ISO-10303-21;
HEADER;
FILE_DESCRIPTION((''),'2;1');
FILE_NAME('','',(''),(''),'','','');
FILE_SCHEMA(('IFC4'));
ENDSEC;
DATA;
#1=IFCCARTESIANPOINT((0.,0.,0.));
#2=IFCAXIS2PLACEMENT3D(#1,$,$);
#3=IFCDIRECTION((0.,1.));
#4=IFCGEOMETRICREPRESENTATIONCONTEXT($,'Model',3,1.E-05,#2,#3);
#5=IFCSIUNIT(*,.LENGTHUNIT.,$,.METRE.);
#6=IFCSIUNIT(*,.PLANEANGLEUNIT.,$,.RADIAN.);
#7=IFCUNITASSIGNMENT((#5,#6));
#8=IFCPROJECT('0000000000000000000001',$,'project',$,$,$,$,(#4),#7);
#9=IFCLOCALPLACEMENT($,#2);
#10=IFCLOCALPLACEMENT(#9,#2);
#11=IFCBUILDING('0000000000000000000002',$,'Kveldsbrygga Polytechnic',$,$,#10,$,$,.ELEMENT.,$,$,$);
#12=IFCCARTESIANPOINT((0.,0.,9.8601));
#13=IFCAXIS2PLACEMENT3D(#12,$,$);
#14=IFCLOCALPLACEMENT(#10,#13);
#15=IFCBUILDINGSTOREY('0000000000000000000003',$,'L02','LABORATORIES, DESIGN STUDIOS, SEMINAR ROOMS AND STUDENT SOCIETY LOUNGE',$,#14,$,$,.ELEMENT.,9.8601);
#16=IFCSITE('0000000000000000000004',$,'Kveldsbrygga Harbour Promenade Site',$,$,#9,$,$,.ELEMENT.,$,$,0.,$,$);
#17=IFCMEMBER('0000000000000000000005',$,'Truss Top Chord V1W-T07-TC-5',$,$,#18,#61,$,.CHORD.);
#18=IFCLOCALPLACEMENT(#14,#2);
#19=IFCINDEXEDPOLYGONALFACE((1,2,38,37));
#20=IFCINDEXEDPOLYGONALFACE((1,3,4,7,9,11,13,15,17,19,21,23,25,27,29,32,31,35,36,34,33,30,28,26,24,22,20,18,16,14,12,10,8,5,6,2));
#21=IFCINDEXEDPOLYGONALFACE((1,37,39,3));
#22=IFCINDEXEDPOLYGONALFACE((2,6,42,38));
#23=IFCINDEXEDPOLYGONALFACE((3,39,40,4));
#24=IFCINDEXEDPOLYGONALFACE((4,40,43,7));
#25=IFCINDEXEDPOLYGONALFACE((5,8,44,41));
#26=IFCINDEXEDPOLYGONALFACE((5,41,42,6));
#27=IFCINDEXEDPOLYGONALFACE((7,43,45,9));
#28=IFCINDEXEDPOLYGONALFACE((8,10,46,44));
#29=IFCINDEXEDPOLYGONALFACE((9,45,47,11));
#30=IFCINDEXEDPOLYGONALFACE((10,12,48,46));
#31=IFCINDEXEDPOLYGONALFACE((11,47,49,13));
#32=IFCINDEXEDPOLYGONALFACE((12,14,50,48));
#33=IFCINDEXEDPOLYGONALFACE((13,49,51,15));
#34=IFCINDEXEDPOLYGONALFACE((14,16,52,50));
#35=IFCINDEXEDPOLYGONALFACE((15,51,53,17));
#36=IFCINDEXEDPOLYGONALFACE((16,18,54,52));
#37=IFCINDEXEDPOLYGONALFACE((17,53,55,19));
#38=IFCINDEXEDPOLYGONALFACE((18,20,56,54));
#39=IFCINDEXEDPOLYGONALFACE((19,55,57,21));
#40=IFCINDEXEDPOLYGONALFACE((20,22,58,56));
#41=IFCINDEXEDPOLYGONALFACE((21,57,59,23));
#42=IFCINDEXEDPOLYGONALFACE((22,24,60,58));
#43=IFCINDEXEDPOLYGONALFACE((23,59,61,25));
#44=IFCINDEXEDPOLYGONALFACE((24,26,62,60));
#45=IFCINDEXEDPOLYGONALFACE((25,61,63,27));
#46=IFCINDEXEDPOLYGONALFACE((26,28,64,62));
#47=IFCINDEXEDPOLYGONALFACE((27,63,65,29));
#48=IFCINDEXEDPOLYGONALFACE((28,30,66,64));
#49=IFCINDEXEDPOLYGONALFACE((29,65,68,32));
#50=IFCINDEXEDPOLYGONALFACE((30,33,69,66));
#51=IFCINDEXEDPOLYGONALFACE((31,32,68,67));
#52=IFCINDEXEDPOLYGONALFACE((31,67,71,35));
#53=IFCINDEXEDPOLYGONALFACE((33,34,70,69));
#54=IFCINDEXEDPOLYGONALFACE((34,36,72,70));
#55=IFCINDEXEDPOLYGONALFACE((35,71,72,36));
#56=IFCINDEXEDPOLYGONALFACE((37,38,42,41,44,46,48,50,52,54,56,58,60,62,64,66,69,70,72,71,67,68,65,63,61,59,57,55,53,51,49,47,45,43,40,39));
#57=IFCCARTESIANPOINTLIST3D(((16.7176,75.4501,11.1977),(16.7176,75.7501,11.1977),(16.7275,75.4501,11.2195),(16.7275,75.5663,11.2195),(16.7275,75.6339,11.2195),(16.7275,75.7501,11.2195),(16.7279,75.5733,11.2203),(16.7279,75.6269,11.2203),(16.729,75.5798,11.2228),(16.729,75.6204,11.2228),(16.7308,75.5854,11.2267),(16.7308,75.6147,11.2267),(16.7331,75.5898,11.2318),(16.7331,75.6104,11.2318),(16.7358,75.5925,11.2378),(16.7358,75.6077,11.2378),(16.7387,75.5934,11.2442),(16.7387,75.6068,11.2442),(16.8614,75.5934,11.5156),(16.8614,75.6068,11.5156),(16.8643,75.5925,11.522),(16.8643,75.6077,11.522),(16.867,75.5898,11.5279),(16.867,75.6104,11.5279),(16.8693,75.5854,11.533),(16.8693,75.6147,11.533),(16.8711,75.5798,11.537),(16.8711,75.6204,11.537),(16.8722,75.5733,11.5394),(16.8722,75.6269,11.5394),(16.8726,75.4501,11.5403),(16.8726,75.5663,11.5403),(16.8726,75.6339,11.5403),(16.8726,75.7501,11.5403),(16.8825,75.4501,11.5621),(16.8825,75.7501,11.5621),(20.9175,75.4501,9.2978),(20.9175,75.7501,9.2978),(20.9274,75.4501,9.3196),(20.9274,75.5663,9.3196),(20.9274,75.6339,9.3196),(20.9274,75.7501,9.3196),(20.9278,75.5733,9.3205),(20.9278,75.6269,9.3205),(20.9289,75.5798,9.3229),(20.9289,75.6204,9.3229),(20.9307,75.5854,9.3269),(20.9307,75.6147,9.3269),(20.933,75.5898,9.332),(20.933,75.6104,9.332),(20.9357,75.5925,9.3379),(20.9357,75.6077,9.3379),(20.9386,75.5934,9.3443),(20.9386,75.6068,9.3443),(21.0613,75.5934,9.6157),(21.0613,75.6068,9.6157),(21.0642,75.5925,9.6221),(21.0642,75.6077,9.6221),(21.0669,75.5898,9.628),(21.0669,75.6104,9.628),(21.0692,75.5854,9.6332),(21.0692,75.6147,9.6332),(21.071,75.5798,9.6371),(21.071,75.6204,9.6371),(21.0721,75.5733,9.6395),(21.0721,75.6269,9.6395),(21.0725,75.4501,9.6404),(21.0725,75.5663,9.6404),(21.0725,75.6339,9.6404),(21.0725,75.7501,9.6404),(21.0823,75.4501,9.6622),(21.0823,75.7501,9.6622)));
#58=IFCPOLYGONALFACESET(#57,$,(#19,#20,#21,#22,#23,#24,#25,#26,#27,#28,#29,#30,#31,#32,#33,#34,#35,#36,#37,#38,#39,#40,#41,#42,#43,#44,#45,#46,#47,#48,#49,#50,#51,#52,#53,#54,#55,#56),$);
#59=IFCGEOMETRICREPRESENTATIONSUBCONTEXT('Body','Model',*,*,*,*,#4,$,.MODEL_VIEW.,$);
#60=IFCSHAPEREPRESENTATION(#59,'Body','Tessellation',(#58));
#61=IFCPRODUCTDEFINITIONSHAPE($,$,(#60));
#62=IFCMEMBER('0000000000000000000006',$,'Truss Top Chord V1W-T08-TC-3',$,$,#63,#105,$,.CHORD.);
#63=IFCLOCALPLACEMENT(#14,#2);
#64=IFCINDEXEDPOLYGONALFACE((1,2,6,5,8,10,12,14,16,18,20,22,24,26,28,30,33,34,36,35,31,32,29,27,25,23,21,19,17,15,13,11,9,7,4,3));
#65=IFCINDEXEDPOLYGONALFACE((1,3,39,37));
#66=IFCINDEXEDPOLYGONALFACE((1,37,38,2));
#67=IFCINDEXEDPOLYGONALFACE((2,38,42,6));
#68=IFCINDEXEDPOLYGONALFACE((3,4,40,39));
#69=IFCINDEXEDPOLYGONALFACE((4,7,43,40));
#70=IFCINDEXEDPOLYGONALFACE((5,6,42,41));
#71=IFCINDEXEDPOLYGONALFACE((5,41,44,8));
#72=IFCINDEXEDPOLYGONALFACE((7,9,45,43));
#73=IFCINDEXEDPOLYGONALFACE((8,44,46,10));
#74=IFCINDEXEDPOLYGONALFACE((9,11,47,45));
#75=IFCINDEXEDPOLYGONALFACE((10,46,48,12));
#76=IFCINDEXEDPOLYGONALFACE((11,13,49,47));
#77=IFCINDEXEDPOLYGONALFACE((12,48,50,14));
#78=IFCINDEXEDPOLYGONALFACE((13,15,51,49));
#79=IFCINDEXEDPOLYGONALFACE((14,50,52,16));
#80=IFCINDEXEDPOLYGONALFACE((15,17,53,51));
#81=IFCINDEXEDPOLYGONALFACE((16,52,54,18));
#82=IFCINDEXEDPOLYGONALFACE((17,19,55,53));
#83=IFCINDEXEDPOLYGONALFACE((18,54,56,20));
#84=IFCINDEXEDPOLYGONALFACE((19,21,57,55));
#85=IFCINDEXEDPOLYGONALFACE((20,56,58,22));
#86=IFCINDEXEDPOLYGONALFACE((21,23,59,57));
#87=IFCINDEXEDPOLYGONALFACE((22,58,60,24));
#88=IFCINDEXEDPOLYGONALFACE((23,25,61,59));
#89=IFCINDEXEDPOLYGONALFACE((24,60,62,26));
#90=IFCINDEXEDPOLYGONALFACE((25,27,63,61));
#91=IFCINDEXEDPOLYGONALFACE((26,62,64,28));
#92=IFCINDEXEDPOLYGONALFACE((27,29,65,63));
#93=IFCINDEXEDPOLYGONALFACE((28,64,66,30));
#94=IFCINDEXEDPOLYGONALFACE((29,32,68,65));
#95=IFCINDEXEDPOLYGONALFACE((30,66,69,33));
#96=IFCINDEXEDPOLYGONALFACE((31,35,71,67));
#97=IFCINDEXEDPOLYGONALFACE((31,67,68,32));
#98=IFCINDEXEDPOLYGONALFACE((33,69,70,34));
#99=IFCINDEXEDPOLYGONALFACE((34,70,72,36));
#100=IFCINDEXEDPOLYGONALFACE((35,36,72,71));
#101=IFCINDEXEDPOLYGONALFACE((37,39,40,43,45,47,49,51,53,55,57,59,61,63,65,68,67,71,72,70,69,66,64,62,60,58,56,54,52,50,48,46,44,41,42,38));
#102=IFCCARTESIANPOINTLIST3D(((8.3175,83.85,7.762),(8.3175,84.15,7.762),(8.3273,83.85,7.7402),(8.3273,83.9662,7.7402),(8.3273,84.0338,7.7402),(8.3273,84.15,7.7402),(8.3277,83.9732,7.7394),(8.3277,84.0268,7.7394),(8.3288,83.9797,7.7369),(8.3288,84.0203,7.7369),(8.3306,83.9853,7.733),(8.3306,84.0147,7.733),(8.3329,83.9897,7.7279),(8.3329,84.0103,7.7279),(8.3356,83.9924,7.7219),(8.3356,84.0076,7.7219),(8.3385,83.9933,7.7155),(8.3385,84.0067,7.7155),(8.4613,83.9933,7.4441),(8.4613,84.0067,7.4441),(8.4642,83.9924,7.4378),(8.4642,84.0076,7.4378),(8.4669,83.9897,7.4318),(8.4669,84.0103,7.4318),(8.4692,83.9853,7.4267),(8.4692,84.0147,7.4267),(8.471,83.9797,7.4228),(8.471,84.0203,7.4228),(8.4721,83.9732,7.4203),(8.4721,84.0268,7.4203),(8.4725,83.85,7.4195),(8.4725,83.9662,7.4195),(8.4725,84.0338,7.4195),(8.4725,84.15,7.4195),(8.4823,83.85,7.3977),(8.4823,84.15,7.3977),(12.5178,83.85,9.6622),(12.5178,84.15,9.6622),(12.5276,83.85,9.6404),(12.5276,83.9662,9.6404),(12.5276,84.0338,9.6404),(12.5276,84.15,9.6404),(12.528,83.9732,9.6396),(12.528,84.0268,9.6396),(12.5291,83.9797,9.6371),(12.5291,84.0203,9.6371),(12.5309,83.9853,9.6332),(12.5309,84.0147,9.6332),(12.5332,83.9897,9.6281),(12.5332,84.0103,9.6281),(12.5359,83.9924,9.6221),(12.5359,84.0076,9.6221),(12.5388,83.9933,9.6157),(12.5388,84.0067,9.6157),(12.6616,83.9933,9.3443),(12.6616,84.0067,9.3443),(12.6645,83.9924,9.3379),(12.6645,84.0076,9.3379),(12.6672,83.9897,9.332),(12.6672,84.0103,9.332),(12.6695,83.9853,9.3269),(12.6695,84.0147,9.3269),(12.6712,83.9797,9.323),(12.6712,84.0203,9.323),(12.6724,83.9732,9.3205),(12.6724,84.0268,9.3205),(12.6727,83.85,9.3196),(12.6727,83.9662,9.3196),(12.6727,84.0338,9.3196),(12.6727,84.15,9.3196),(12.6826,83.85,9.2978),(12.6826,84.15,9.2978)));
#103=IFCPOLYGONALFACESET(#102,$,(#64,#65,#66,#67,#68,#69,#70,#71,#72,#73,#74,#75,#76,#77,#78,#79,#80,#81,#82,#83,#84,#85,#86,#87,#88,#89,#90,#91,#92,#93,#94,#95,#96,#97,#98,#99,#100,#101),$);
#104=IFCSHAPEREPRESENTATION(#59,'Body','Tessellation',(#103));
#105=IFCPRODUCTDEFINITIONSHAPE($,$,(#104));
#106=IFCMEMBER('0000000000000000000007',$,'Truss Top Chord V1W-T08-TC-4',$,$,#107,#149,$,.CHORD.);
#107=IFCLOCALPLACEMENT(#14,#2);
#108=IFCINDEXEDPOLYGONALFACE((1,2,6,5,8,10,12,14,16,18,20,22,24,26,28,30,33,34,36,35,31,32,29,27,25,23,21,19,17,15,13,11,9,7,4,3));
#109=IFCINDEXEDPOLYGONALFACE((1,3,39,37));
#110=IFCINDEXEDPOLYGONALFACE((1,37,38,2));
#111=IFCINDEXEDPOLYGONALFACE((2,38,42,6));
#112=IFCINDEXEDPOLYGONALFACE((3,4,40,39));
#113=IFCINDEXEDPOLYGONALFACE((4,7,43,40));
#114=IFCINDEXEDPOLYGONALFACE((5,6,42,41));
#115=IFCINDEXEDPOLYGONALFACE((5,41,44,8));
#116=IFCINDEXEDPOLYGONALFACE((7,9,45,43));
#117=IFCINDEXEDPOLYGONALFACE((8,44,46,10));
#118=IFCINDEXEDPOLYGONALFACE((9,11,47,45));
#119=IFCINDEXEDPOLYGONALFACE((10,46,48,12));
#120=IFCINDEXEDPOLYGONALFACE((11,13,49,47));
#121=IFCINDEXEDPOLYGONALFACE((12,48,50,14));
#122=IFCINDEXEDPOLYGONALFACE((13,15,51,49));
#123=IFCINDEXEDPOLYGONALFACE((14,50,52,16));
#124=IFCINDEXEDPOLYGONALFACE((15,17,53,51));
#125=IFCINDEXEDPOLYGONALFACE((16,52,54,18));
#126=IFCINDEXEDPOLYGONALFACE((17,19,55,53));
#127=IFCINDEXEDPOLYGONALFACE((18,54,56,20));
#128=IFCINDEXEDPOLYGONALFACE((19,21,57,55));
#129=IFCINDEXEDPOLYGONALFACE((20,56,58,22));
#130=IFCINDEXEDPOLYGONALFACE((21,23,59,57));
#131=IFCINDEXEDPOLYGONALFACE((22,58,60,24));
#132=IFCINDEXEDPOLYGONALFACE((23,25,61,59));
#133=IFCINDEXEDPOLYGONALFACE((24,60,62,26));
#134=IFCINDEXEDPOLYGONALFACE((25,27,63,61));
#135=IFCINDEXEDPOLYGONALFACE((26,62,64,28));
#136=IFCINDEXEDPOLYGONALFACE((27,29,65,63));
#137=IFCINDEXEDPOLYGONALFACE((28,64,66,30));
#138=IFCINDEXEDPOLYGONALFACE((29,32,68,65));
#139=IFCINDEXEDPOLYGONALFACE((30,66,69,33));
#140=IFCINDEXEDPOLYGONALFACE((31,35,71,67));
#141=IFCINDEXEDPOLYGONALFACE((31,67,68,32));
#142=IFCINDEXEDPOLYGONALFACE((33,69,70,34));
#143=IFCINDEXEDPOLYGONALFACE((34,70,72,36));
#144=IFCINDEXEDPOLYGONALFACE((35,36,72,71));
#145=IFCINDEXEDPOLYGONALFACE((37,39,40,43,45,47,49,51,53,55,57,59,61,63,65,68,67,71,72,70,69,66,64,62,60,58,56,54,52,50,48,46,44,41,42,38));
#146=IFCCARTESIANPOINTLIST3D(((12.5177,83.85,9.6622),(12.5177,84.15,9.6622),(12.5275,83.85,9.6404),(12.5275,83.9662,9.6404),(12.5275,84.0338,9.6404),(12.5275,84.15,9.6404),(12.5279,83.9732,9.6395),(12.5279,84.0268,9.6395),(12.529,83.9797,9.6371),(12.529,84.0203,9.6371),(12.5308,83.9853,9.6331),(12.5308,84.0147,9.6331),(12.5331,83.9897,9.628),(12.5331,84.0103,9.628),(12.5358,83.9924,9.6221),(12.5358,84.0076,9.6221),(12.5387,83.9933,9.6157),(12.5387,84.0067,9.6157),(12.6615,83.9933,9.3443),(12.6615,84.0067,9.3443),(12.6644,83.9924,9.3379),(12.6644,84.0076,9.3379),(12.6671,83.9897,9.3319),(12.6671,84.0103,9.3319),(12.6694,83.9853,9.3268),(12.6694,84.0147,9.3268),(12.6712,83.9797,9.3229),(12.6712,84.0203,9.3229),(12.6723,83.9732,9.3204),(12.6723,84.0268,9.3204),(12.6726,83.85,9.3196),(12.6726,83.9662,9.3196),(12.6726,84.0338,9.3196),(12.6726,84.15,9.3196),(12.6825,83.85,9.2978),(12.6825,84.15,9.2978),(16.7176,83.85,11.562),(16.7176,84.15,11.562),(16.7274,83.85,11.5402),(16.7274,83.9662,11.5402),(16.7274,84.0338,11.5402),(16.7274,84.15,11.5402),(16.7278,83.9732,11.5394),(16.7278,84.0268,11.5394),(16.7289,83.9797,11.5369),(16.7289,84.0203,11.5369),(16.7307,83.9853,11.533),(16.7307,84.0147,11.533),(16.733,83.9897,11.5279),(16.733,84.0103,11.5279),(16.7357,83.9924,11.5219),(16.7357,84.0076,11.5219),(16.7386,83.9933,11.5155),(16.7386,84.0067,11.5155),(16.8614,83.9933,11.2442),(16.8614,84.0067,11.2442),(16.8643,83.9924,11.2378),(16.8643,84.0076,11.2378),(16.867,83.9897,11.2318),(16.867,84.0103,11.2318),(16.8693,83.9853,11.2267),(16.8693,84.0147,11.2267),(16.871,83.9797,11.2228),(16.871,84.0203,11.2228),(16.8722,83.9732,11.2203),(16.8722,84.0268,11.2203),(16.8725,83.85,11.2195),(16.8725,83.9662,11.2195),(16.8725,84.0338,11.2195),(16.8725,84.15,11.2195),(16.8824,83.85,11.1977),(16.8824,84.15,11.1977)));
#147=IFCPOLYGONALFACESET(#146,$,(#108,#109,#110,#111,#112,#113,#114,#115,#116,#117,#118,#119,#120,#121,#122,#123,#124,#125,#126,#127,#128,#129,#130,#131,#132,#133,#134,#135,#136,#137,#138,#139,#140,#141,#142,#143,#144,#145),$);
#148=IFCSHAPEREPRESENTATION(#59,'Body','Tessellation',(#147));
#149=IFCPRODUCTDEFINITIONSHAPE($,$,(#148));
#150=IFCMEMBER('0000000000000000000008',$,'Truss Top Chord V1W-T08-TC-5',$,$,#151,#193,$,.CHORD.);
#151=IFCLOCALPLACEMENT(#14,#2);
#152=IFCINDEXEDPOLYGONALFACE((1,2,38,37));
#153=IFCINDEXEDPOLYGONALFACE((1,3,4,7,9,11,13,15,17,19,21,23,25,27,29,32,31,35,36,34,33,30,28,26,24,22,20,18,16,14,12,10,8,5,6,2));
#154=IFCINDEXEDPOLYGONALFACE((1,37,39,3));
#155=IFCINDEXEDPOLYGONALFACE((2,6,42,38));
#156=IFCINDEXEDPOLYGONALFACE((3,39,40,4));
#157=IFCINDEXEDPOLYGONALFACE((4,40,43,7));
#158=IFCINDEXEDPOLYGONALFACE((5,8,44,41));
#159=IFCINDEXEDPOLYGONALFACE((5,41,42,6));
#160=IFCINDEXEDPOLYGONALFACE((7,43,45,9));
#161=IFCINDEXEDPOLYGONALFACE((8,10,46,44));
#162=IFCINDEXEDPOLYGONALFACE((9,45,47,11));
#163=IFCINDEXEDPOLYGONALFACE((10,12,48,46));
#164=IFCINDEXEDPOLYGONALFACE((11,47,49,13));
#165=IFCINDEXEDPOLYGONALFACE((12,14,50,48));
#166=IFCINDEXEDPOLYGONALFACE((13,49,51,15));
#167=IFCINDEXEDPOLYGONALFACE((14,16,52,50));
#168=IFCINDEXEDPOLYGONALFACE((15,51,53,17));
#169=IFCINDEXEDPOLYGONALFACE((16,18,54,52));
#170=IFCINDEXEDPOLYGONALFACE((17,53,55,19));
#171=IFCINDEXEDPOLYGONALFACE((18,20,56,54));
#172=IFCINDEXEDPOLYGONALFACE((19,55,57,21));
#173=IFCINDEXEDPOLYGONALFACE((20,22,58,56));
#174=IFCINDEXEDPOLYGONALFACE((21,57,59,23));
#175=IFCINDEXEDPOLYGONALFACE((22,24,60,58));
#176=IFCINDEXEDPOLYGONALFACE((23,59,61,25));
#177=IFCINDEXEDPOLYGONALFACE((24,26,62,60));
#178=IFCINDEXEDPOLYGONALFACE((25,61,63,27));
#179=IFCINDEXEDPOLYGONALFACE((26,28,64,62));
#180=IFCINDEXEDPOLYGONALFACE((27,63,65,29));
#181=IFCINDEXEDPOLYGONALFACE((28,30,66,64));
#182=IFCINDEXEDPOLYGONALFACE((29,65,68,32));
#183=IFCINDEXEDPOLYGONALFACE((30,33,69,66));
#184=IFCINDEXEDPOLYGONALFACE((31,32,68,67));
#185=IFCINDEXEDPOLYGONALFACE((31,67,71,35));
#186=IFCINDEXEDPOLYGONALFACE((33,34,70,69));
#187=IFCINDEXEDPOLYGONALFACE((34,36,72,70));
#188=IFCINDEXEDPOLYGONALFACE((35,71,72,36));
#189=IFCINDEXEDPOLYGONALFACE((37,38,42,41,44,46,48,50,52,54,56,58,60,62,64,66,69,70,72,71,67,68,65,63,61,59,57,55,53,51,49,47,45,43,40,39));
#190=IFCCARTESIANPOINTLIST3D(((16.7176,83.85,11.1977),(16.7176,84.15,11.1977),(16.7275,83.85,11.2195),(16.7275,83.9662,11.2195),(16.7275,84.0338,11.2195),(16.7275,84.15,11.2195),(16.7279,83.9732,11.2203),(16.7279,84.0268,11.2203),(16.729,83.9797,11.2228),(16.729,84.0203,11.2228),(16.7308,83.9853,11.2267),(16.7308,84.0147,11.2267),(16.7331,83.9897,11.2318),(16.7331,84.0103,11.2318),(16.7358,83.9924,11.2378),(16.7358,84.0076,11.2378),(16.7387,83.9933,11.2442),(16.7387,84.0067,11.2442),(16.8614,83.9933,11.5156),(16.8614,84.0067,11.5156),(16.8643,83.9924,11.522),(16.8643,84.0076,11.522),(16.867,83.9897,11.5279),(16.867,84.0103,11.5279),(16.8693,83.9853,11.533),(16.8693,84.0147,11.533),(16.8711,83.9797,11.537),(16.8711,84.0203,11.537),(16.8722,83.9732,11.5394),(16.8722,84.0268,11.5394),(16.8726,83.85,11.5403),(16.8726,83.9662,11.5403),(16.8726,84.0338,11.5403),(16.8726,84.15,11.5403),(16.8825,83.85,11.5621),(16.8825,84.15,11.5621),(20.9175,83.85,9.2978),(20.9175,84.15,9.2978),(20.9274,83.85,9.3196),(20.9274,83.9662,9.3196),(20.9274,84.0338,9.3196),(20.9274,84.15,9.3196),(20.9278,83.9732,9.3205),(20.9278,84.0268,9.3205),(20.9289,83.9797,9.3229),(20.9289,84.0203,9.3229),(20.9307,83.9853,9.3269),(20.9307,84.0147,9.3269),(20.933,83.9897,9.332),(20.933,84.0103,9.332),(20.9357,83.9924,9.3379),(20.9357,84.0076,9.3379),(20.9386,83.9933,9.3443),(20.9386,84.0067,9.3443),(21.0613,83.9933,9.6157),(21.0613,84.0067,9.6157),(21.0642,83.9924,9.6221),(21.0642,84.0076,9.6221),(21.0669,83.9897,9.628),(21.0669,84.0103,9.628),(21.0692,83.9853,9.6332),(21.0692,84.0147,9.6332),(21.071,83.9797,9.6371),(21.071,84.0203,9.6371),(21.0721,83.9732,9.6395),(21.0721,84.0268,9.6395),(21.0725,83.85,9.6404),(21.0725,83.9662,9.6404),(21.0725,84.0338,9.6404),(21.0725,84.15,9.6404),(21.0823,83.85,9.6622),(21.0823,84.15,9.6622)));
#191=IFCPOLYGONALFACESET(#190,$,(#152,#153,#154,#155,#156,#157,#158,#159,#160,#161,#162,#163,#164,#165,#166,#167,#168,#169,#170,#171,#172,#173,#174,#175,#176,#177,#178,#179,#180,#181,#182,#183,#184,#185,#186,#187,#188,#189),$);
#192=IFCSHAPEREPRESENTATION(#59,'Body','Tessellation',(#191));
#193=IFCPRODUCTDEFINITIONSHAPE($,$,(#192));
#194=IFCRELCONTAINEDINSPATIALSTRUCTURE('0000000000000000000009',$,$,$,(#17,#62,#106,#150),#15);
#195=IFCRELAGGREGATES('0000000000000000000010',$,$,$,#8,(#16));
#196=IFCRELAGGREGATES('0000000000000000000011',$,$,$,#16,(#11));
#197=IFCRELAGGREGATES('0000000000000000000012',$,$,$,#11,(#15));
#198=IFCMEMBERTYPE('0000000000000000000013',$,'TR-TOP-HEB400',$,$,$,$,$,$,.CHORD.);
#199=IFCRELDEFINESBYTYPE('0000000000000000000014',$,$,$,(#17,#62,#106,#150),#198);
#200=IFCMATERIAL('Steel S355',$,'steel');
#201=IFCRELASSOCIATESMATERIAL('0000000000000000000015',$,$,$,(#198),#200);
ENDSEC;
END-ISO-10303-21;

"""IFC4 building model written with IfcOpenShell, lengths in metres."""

from ifc_helpers import new_model, si_unit, direction, frame, origin, origin_2d, place, context, subcontext, project, spatial, i_section, extrude, material, material_profile, profile_set, type_object, element, save


model = new_model("IFC4")

# Units and contexts
model_context = context("Model", 3, precision=1e-05, world=origin(), true_north=direction((0.0, 1.0)))
body_context = subcontext(model_context, "Body", "Model", "MODEL_VIEW")
ifc_project = project(units=[si_unit("LENGTHUNIT", "METRE"), si_unit("PLANEANGLEUNIT", "RADIAN")], contexts=[model_context])

# Site, building, storey
site_placement = place(None, origin())
site = spatial("IfcSite", under=ifc_project, at=site_placement, Name="Kveldsbrygga Harbour Promenade Site", CompositionType="ELEMENT", RefElevation=0.0)
building_placement = place(site_placement, origin())
building = spatial("IfcBuilding", under=site, at=building_placement, Name="Kveldsbrygga Polytechnic", CompositionType="ELEMENT")
storey_placement = place(building_placement, frame((0.0, 0.0, 9.8601)))
storey = spatial("IfcBuildingStorey", under=building, at=storey_placement, Name="L02", Description="LABORATORIES, DESIGN STUDIOS, SEMINAR ROOMS AND STUDENT SOCIETY LOUNGE", CompositionType="ELEMENT", Elevation=9.8601)

# Members
ifc_material_1 = material(Name="Steel S355", Category="steel")
ifc_material_profile_1 = material_profile(ifc_material_1, i_section(OverallWidth=0.3, OverallDepth=0.3999, WebThickness=0.0134, FlangeThickness=0.0239, FilletRadius=0.0271, at=origin_2d()), Name="HEB 400")
ifc_profile_set_1 = profile_set([ifc_material_profile_1], Name="Steel S355")
member_type_1 = type_object("IfcMemberType", Name="TR-TOP-HEB400", PredefinedType="CHORD", material=ifc_profile_set_1)
member_1_placement = place(storey_placement, frame((16.8, 75.6001, 11.3799), z_axis=(0.911114, 0.0, -0.412154), x_axis=(0.0, 1.0, 0.0)))
element("IfcMember", 1, at=member_1_placement, inside=storey, type_object=member_type_1, Name="Truss Top Chord V1W-T07-TC-5", PredefinedType="CHORD", context=body_context, shape_type="SweptSolid", body=[
    extrude(i_section(OverallWidth=0.3, OverallDepth=0.3999, WebThickness=0.0134, FlangeThickness=0.0239, FilletRadius=0.0271, at=origin_2d()), origin(), (0.0, 0.0, 1.0), 4.6096),
])
member_2_placement = place(storey_placement, frame((8.3999, 84.0, 7.5798), z_axis=(0.911103, 0.0, 0.412178), x_axis=(0.0, 1.0, 0.0)))
element("IfcMember", 2, at=member_2_placement, inside=storey, type_object=member_type_1, Name="Truss Top Chord V1W-T08-TC-3", PredefinedType="CHORD", context=body_context, shape_type="SweptSolid", body=[
    extrude(i_section(OverallWidth=0.3, OverallDepth=0.3999, WebThickness=0.0134, FlangeThickness=0.0239, FilletRadius=0.0271, at=origin_2d()), origin(), (0.0, 0.0, 1.0), 4.6101),
])
for number, where, z_axis, x_axis, name in (
    (3, (12.6001, 84.0, 9.48), (0.911114, 0.0, 0.412154), (0.0, 1.0, 0.0), "Truss Top Chord V1W-T08-TC-4"),
    (4, (16.8, 84.0, 11.3799), (0.911114, 0.0, -0.412154), (0.0, 1.0, 0.0), "Truss Top Chord V1W-T08-TC-5"),
):
    element("IfcMember", number, at=place(storey_placement, frame(where, z_axis=z_axis, x_axis=x_axis)), inside=storey, type_object=member_type_1, Name=name, PredefinedType="CHORD", context=body_context, shape_type="SweptSolid", body=[
        extrude(i_section(OverallWidth=0.3, OverallDepth=0.3999, WebThickness=0.0134, FlangeThickness=0.0239, FilletRadius=0.0271, at=origin_2d()), origin(), (0.0, 0.0, 1.0), 4.6096),
    ])

save(model, "model.ifc")
